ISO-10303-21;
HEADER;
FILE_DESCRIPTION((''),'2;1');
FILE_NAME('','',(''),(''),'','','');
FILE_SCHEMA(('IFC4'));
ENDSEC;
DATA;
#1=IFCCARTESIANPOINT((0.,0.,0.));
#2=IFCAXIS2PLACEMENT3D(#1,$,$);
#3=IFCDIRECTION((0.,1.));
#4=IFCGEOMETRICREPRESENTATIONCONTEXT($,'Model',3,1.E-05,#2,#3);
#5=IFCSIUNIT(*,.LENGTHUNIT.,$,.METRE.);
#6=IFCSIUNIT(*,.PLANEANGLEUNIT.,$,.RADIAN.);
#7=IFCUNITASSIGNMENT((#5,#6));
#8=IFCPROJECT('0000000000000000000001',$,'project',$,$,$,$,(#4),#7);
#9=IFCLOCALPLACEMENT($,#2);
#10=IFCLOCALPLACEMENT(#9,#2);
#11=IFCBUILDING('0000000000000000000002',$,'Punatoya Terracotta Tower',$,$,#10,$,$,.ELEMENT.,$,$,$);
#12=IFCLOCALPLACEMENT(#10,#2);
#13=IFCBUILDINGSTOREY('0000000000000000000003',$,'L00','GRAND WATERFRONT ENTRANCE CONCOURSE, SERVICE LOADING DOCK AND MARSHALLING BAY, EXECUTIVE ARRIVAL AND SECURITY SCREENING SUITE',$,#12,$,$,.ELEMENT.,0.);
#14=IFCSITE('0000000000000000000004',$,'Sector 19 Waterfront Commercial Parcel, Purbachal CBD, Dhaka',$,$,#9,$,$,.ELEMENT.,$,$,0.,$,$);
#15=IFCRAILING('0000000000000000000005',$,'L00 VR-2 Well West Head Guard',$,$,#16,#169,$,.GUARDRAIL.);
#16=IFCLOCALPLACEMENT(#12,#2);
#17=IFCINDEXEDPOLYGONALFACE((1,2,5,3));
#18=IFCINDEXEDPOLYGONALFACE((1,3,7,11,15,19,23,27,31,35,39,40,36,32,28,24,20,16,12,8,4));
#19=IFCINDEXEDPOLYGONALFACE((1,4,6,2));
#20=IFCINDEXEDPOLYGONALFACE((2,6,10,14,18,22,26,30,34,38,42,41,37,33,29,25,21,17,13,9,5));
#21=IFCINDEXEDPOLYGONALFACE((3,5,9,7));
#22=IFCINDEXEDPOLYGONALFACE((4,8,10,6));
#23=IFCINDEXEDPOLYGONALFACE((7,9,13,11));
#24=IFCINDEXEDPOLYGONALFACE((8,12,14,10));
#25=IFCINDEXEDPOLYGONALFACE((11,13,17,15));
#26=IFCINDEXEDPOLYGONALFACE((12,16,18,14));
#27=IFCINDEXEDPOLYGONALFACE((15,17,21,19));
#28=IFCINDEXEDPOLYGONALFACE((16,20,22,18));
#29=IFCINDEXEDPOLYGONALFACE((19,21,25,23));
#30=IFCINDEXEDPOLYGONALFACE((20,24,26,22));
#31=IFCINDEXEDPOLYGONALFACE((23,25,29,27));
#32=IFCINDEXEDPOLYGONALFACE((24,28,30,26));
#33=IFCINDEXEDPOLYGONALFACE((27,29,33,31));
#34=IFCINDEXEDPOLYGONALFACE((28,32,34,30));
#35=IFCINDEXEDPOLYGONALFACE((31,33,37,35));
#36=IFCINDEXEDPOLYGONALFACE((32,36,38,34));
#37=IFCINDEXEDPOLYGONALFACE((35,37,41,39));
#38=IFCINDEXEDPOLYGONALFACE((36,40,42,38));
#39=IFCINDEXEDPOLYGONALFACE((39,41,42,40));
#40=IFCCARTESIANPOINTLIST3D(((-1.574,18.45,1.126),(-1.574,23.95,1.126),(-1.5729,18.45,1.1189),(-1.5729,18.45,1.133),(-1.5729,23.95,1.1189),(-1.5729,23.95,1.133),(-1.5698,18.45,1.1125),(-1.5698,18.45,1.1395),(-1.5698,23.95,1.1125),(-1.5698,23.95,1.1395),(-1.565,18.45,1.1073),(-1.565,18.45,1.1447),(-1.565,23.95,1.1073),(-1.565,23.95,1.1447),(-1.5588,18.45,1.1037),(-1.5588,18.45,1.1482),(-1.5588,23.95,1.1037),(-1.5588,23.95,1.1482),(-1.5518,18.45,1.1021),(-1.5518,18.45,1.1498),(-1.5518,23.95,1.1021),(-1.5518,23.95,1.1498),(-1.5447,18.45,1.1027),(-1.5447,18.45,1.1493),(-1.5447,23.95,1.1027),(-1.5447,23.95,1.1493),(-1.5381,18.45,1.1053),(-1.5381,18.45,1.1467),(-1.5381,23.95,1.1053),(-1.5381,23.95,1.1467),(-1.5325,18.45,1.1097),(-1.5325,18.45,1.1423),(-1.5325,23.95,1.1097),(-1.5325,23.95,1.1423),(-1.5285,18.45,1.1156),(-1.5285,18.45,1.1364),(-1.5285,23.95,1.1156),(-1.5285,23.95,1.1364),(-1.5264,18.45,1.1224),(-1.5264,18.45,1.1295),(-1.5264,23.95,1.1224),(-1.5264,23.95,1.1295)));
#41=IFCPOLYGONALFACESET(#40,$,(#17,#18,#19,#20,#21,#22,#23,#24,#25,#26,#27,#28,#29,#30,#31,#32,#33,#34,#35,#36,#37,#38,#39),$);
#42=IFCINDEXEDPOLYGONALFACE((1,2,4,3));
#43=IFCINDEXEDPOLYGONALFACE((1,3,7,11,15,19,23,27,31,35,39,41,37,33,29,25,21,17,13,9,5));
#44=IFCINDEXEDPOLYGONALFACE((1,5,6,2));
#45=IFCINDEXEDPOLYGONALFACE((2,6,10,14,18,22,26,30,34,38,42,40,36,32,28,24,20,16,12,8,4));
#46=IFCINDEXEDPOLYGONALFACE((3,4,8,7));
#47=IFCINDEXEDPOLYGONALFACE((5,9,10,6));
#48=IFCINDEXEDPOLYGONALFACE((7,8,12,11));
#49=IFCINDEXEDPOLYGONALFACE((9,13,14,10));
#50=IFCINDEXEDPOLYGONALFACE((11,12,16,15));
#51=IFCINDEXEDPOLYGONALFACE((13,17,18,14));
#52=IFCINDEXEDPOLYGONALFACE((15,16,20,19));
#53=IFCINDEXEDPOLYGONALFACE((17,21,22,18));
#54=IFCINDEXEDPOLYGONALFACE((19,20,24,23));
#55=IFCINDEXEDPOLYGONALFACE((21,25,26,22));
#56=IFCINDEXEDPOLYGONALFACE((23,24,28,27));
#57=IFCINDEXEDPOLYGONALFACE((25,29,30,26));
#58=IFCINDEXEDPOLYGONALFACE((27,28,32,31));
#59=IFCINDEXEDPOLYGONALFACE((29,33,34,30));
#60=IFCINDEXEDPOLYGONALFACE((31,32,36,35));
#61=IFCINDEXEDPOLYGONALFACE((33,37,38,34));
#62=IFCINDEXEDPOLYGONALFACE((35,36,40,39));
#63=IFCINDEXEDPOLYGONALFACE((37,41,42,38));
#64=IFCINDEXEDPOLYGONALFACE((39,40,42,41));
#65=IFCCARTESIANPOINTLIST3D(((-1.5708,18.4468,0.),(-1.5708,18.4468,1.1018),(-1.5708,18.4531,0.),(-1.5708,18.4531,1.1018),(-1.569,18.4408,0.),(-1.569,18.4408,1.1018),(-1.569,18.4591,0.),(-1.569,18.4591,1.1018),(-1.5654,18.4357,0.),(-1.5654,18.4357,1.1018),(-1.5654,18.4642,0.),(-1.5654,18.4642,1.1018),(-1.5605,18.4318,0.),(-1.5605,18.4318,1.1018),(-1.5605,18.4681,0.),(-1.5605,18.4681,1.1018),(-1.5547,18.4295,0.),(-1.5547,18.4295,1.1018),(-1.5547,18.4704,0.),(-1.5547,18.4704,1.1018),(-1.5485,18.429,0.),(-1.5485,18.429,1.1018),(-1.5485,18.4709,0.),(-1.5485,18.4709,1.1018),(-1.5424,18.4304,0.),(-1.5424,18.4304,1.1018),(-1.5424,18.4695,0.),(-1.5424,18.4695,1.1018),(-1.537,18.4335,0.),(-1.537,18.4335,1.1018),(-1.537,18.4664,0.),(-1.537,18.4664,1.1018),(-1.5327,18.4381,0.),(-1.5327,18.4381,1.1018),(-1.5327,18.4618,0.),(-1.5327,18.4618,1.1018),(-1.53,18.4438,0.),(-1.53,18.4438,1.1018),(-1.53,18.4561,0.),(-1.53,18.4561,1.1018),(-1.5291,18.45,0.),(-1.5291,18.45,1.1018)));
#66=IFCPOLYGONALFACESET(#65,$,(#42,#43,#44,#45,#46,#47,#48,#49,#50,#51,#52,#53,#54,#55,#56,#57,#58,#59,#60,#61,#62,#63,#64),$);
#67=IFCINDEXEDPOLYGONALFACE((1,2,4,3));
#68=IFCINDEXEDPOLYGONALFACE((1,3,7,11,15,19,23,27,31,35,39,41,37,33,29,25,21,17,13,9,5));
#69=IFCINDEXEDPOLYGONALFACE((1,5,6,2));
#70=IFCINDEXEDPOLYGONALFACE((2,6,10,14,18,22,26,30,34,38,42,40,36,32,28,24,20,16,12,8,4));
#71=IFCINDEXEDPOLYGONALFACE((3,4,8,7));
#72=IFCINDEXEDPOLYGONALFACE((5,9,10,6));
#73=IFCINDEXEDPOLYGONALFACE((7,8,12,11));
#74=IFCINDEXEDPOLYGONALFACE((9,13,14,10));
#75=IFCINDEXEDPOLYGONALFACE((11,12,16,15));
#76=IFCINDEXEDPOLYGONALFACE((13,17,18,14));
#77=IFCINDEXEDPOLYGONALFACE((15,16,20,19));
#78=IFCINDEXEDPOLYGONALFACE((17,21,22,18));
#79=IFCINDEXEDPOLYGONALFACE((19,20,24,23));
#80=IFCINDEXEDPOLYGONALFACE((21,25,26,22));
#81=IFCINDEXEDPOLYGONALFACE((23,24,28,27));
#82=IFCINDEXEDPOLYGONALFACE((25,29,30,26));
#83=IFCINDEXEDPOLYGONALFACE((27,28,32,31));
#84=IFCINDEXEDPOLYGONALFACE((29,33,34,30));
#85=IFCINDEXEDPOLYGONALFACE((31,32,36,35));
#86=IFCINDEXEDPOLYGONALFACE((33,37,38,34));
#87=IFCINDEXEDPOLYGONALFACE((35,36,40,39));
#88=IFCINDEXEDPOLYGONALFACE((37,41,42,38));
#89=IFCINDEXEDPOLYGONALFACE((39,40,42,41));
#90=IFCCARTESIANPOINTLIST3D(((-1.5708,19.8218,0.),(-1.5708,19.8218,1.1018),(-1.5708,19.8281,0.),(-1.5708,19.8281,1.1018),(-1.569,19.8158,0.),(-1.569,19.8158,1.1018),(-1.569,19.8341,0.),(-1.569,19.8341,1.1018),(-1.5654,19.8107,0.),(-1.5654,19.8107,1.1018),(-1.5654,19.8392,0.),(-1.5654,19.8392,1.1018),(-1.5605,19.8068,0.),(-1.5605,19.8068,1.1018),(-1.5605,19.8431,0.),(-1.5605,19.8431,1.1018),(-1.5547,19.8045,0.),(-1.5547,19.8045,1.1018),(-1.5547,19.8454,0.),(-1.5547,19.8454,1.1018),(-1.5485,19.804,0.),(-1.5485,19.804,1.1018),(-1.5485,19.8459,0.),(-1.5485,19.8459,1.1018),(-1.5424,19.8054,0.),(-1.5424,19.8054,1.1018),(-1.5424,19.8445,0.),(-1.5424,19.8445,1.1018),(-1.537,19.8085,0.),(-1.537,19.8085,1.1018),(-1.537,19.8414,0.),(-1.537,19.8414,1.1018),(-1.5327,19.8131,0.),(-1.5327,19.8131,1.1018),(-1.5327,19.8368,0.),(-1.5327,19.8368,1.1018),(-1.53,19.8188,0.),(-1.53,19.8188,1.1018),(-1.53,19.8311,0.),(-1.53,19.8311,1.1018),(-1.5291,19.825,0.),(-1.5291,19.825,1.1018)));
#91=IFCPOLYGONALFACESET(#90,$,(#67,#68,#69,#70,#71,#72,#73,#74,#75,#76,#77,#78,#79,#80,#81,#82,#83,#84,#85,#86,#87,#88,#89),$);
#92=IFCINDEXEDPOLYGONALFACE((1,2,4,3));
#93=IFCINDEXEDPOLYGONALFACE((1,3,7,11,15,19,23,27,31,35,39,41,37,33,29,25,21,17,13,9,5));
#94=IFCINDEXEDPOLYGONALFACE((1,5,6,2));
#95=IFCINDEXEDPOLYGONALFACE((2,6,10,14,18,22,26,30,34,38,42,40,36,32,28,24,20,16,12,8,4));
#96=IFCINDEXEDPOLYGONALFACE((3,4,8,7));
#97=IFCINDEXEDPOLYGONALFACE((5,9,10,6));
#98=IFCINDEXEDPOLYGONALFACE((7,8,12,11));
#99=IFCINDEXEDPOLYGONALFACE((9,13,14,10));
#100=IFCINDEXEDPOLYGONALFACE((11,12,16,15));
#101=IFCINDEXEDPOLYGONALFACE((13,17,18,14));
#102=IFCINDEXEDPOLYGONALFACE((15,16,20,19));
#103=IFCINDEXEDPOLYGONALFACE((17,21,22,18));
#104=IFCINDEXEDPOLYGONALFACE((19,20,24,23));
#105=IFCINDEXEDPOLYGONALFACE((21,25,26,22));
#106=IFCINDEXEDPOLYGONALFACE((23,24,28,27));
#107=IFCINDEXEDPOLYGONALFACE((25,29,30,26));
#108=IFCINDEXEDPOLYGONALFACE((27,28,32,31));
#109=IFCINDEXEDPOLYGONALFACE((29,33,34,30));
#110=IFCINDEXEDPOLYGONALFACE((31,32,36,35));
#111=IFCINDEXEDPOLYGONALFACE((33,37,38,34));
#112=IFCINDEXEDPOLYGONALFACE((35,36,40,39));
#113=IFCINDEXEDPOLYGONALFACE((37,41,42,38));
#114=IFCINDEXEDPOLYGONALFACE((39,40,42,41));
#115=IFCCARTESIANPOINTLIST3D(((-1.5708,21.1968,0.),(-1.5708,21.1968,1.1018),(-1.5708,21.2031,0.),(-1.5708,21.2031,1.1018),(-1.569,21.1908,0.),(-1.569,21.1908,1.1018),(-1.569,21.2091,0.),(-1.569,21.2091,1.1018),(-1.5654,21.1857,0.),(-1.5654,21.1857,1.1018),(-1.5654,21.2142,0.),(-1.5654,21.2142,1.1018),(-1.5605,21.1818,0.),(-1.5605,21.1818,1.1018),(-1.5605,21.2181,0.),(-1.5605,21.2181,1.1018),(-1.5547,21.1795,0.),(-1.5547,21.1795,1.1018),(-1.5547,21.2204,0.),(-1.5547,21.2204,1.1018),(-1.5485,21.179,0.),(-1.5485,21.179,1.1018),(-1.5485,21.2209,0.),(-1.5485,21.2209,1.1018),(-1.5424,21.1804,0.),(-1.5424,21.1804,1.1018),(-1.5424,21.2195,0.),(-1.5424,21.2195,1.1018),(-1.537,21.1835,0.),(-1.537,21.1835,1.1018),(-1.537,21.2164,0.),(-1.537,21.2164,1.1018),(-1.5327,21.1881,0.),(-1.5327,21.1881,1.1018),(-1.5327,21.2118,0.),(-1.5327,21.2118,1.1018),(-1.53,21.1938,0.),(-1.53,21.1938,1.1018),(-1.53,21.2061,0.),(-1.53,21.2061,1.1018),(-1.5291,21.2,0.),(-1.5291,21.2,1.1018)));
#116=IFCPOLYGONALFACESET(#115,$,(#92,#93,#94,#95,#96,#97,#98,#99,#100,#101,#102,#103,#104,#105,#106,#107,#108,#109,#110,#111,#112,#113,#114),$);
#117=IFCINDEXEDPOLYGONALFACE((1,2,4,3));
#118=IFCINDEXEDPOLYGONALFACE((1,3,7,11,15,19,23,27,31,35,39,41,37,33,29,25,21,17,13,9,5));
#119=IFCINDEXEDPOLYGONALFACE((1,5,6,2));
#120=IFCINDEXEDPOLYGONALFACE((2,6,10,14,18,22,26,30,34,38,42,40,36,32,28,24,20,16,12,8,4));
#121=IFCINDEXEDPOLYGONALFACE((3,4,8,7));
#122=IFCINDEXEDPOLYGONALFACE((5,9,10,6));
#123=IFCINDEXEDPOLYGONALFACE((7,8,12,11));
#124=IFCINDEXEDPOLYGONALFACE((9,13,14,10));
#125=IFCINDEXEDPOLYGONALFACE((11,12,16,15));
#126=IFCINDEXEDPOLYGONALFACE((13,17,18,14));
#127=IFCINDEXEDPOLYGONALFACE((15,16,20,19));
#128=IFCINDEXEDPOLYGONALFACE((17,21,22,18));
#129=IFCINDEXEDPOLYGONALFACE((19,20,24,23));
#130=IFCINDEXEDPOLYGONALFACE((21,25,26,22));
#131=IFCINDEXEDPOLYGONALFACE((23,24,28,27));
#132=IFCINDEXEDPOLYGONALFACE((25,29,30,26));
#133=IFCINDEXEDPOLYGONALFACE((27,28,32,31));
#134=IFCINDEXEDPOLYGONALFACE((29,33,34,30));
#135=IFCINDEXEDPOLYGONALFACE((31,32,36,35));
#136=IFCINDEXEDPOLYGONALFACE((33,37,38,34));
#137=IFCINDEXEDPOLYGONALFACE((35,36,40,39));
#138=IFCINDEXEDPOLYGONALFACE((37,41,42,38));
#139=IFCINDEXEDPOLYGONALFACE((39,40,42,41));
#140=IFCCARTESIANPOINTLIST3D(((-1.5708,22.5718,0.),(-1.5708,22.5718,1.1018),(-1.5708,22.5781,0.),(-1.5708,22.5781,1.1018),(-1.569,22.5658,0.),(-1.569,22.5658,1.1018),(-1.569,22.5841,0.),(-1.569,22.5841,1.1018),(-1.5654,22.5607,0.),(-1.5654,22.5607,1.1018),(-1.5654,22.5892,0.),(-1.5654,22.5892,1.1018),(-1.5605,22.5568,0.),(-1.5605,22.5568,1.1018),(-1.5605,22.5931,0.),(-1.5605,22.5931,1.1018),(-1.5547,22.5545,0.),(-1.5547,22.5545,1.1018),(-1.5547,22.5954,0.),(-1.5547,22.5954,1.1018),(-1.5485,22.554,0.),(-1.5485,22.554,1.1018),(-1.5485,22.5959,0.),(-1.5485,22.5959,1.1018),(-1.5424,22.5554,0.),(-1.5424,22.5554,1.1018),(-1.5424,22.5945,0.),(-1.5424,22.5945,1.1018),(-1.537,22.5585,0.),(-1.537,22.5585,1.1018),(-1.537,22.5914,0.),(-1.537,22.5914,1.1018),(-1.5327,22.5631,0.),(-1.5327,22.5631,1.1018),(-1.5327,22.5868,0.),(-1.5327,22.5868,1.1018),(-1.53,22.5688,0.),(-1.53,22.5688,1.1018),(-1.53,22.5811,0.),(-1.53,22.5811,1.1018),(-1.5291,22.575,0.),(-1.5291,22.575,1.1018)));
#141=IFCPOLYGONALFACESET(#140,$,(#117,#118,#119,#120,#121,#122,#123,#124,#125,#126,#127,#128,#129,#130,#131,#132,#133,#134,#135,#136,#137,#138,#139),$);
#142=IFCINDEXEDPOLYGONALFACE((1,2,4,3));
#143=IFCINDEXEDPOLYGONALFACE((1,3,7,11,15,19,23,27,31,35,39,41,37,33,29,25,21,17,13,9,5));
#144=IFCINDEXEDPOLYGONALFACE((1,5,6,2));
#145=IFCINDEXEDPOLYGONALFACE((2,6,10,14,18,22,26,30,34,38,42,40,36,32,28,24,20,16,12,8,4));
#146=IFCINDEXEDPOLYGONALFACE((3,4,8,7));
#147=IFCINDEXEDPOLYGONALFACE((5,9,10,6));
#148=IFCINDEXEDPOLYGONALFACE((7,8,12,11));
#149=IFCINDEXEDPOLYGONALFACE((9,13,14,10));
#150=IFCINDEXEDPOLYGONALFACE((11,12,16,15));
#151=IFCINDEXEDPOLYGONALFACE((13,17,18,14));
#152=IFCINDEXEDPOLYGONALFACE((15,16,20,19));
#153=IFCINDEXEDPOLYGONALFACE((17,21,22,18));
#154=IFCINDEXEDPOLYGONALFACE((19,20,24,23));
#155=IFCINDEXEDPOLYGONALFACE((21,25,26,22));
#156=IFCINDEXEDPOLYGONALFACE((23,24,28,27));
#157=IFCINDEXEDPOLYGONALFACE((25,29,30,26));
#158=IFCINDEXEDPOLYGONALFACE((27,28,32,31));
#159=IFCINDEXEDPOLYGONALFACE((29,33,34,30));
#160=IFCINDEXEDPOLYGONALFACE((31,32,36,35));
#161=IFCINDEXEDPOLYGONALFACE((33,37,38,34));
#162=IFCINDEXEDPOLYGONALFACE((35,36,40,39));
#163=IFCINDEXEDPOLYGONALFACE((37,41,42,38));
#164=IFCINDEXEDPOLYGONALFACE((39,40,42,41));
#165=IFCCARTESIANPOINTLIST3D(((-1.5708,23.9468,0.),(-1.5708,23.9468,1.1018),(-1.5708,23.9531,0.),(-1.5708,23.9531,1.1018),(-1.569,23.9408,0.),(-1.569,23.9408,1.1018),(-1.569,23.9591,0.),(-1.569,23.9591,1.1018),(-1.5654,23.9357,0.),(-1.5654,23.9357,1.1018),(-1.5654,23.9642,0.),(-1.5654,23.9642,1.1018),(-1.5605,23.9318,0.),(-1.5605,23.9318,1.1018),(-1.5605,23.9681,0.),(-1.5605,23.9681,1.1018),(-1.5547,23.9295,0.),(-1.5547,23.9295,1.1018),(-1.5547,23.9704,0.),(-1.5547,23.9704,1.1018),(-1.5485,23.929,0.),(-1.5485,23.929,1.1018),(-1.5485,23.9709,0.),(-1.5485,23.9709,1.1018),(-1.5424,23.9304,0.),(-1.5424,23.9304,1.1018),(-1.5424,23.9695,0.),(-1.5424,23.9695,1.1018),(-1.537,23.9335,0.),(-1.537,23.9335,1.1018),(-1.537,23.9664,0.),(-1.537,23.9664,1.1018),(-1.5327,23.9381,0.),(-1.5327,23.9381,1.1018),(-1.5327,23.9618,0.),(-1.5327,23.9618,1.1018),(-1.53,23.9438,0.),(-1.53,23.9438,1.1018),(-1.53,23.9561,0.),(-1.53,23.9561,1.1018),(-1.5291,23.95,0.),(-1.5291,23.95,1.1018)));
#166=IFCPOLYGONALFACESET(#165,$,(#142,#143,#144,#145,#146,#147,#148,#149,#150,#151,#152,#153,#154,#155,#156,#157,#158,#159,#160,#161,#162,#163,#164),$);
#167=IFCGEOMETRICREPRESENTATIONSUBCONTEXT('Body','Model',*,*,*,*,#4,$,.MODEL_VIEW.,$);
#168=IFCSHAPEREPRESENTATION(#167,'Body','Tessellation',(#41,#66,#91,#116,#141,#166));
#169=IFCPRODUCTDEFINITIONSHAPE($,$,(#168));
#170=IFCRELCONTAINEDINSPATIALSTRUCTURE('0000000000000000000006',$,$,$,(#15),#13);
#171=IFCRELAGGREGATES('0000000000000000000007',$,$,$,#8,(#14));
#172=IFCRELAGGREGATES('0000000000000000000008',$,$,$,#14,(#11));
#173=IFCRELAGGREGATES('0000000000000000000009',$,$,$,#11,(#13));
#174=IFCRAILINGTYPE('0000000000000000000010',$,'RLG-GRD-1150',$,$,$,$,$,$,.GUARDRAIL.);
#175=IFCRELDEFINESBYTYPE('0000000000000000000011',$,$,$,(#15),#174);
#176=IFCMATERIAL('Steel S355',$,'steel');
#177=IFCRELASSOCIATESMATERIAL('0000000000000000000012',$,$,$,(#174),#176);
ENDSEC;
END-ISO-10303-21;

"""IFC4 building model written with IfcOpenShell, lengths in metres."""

from ifc_helpers import new_model, si_unit, direction, frame, origin, origin_2d, place, context, subcontext, project, spatial, circle, extrude, material, type_object, element, save


model = new_model("IFC4")

# Units and contexts
model_context = context("Model", 3, precision=1e-05, world=origin(), true_north=direction((0.0, 1.0)))
body_context = subcontext(model_context, "Body", "Model", "MODEL_VIEW")
ifc_project = project(units=[si_unit("LENGTHUNIT", "METRE"), si_unit("PLANEANGLEUNIT", "RADIAN")], contexts=[model_context])

# Site, building, storey
site_placement = place(None, origin())
site = spatial("IfcSite", under=ifc_project, at=site_placement, Name="Sector 19 Waterfront Commercial Parcel, Purbachal CBD, Dhaka", CompositionType="ELEMENT", RefElevation=0.0)
building_placement = place(site_placement, origin())
building = spatial("IfcBuilding", under=site, at=building_placement, Name="Punatoya Terracotta Tower", CompositionType="ELEMENT")
storey_placement = place(building_placement, origin())
storey = spatial("IfcBuildingStorey", under=building, at=storey_placement, Name="L00", Description="GRAND WATERFRONT ENTRANCE CONCOURSE, SERVICE LOADING DOCK AND MARSHALLING BAY, EXECUTIVE ARRIVAL AND SECURITY SCREENING SUITE", CompositionType="ELEMENT", Elevation=0.0)

# Shared definitions
ifc_material_1 = material(Name="Steel S355", Category="steel")

# Railing
railing_type_1 = type_object("IfcRailingType", Name="RLG-GRD-1150", PredefinedType="GUARDRAIL", material=ifc_material_1)
railing_1_placement = place(storey_placement, frame((-1.55, 18.45, 0.0)))
element("IfcRailing", 1, at=railing_1_placement, inside=storey, type_object=railing_type_1, Name="L00 VR-2 Well West Head Guard", PredefinedType="GUARDRAIL", context=body_context, shape_type="SweptSolid", body=[
    extrude(circle(Radius=0.0239, at=origin_2d()), frame((0.0, 0.0, 1.126), z_axis=(0.0, 1.0, 0.0), x_axis=(-1.0, 0.0, 0.0)), (0.0, 0.0, 1.0), 5.5),
    extrude(circle(Radius=0.021, at=origin_2d()), origin(), (0.0, 0.0, 1.0), 1.1018),
    extrude(circle(Radius=0.021, at=origin_2d()), frame((0.0, 1.375, 0.0)), (0.0, 0.0, 1.0), 1.1018),
    extrude(circle(Radius=0.021, at=origin_2d()), frame((0.0, 2.75, 0.0)), (0.0, 0.0, 1.0), 1.1018),
    extrude(circle(Radius=0.021, at=origin_2d()), frame((0.0, 4.125, 0.0)), (0.0, 0.0, 1.0), 1.1018),
    extrude(circle(Radius=0.021, at=origin_2d()), frame((0.0, 5.5, 0.0)), (0.0, 0.0, 1.0), 1.1018),
])

save(model, "model.ifc")
